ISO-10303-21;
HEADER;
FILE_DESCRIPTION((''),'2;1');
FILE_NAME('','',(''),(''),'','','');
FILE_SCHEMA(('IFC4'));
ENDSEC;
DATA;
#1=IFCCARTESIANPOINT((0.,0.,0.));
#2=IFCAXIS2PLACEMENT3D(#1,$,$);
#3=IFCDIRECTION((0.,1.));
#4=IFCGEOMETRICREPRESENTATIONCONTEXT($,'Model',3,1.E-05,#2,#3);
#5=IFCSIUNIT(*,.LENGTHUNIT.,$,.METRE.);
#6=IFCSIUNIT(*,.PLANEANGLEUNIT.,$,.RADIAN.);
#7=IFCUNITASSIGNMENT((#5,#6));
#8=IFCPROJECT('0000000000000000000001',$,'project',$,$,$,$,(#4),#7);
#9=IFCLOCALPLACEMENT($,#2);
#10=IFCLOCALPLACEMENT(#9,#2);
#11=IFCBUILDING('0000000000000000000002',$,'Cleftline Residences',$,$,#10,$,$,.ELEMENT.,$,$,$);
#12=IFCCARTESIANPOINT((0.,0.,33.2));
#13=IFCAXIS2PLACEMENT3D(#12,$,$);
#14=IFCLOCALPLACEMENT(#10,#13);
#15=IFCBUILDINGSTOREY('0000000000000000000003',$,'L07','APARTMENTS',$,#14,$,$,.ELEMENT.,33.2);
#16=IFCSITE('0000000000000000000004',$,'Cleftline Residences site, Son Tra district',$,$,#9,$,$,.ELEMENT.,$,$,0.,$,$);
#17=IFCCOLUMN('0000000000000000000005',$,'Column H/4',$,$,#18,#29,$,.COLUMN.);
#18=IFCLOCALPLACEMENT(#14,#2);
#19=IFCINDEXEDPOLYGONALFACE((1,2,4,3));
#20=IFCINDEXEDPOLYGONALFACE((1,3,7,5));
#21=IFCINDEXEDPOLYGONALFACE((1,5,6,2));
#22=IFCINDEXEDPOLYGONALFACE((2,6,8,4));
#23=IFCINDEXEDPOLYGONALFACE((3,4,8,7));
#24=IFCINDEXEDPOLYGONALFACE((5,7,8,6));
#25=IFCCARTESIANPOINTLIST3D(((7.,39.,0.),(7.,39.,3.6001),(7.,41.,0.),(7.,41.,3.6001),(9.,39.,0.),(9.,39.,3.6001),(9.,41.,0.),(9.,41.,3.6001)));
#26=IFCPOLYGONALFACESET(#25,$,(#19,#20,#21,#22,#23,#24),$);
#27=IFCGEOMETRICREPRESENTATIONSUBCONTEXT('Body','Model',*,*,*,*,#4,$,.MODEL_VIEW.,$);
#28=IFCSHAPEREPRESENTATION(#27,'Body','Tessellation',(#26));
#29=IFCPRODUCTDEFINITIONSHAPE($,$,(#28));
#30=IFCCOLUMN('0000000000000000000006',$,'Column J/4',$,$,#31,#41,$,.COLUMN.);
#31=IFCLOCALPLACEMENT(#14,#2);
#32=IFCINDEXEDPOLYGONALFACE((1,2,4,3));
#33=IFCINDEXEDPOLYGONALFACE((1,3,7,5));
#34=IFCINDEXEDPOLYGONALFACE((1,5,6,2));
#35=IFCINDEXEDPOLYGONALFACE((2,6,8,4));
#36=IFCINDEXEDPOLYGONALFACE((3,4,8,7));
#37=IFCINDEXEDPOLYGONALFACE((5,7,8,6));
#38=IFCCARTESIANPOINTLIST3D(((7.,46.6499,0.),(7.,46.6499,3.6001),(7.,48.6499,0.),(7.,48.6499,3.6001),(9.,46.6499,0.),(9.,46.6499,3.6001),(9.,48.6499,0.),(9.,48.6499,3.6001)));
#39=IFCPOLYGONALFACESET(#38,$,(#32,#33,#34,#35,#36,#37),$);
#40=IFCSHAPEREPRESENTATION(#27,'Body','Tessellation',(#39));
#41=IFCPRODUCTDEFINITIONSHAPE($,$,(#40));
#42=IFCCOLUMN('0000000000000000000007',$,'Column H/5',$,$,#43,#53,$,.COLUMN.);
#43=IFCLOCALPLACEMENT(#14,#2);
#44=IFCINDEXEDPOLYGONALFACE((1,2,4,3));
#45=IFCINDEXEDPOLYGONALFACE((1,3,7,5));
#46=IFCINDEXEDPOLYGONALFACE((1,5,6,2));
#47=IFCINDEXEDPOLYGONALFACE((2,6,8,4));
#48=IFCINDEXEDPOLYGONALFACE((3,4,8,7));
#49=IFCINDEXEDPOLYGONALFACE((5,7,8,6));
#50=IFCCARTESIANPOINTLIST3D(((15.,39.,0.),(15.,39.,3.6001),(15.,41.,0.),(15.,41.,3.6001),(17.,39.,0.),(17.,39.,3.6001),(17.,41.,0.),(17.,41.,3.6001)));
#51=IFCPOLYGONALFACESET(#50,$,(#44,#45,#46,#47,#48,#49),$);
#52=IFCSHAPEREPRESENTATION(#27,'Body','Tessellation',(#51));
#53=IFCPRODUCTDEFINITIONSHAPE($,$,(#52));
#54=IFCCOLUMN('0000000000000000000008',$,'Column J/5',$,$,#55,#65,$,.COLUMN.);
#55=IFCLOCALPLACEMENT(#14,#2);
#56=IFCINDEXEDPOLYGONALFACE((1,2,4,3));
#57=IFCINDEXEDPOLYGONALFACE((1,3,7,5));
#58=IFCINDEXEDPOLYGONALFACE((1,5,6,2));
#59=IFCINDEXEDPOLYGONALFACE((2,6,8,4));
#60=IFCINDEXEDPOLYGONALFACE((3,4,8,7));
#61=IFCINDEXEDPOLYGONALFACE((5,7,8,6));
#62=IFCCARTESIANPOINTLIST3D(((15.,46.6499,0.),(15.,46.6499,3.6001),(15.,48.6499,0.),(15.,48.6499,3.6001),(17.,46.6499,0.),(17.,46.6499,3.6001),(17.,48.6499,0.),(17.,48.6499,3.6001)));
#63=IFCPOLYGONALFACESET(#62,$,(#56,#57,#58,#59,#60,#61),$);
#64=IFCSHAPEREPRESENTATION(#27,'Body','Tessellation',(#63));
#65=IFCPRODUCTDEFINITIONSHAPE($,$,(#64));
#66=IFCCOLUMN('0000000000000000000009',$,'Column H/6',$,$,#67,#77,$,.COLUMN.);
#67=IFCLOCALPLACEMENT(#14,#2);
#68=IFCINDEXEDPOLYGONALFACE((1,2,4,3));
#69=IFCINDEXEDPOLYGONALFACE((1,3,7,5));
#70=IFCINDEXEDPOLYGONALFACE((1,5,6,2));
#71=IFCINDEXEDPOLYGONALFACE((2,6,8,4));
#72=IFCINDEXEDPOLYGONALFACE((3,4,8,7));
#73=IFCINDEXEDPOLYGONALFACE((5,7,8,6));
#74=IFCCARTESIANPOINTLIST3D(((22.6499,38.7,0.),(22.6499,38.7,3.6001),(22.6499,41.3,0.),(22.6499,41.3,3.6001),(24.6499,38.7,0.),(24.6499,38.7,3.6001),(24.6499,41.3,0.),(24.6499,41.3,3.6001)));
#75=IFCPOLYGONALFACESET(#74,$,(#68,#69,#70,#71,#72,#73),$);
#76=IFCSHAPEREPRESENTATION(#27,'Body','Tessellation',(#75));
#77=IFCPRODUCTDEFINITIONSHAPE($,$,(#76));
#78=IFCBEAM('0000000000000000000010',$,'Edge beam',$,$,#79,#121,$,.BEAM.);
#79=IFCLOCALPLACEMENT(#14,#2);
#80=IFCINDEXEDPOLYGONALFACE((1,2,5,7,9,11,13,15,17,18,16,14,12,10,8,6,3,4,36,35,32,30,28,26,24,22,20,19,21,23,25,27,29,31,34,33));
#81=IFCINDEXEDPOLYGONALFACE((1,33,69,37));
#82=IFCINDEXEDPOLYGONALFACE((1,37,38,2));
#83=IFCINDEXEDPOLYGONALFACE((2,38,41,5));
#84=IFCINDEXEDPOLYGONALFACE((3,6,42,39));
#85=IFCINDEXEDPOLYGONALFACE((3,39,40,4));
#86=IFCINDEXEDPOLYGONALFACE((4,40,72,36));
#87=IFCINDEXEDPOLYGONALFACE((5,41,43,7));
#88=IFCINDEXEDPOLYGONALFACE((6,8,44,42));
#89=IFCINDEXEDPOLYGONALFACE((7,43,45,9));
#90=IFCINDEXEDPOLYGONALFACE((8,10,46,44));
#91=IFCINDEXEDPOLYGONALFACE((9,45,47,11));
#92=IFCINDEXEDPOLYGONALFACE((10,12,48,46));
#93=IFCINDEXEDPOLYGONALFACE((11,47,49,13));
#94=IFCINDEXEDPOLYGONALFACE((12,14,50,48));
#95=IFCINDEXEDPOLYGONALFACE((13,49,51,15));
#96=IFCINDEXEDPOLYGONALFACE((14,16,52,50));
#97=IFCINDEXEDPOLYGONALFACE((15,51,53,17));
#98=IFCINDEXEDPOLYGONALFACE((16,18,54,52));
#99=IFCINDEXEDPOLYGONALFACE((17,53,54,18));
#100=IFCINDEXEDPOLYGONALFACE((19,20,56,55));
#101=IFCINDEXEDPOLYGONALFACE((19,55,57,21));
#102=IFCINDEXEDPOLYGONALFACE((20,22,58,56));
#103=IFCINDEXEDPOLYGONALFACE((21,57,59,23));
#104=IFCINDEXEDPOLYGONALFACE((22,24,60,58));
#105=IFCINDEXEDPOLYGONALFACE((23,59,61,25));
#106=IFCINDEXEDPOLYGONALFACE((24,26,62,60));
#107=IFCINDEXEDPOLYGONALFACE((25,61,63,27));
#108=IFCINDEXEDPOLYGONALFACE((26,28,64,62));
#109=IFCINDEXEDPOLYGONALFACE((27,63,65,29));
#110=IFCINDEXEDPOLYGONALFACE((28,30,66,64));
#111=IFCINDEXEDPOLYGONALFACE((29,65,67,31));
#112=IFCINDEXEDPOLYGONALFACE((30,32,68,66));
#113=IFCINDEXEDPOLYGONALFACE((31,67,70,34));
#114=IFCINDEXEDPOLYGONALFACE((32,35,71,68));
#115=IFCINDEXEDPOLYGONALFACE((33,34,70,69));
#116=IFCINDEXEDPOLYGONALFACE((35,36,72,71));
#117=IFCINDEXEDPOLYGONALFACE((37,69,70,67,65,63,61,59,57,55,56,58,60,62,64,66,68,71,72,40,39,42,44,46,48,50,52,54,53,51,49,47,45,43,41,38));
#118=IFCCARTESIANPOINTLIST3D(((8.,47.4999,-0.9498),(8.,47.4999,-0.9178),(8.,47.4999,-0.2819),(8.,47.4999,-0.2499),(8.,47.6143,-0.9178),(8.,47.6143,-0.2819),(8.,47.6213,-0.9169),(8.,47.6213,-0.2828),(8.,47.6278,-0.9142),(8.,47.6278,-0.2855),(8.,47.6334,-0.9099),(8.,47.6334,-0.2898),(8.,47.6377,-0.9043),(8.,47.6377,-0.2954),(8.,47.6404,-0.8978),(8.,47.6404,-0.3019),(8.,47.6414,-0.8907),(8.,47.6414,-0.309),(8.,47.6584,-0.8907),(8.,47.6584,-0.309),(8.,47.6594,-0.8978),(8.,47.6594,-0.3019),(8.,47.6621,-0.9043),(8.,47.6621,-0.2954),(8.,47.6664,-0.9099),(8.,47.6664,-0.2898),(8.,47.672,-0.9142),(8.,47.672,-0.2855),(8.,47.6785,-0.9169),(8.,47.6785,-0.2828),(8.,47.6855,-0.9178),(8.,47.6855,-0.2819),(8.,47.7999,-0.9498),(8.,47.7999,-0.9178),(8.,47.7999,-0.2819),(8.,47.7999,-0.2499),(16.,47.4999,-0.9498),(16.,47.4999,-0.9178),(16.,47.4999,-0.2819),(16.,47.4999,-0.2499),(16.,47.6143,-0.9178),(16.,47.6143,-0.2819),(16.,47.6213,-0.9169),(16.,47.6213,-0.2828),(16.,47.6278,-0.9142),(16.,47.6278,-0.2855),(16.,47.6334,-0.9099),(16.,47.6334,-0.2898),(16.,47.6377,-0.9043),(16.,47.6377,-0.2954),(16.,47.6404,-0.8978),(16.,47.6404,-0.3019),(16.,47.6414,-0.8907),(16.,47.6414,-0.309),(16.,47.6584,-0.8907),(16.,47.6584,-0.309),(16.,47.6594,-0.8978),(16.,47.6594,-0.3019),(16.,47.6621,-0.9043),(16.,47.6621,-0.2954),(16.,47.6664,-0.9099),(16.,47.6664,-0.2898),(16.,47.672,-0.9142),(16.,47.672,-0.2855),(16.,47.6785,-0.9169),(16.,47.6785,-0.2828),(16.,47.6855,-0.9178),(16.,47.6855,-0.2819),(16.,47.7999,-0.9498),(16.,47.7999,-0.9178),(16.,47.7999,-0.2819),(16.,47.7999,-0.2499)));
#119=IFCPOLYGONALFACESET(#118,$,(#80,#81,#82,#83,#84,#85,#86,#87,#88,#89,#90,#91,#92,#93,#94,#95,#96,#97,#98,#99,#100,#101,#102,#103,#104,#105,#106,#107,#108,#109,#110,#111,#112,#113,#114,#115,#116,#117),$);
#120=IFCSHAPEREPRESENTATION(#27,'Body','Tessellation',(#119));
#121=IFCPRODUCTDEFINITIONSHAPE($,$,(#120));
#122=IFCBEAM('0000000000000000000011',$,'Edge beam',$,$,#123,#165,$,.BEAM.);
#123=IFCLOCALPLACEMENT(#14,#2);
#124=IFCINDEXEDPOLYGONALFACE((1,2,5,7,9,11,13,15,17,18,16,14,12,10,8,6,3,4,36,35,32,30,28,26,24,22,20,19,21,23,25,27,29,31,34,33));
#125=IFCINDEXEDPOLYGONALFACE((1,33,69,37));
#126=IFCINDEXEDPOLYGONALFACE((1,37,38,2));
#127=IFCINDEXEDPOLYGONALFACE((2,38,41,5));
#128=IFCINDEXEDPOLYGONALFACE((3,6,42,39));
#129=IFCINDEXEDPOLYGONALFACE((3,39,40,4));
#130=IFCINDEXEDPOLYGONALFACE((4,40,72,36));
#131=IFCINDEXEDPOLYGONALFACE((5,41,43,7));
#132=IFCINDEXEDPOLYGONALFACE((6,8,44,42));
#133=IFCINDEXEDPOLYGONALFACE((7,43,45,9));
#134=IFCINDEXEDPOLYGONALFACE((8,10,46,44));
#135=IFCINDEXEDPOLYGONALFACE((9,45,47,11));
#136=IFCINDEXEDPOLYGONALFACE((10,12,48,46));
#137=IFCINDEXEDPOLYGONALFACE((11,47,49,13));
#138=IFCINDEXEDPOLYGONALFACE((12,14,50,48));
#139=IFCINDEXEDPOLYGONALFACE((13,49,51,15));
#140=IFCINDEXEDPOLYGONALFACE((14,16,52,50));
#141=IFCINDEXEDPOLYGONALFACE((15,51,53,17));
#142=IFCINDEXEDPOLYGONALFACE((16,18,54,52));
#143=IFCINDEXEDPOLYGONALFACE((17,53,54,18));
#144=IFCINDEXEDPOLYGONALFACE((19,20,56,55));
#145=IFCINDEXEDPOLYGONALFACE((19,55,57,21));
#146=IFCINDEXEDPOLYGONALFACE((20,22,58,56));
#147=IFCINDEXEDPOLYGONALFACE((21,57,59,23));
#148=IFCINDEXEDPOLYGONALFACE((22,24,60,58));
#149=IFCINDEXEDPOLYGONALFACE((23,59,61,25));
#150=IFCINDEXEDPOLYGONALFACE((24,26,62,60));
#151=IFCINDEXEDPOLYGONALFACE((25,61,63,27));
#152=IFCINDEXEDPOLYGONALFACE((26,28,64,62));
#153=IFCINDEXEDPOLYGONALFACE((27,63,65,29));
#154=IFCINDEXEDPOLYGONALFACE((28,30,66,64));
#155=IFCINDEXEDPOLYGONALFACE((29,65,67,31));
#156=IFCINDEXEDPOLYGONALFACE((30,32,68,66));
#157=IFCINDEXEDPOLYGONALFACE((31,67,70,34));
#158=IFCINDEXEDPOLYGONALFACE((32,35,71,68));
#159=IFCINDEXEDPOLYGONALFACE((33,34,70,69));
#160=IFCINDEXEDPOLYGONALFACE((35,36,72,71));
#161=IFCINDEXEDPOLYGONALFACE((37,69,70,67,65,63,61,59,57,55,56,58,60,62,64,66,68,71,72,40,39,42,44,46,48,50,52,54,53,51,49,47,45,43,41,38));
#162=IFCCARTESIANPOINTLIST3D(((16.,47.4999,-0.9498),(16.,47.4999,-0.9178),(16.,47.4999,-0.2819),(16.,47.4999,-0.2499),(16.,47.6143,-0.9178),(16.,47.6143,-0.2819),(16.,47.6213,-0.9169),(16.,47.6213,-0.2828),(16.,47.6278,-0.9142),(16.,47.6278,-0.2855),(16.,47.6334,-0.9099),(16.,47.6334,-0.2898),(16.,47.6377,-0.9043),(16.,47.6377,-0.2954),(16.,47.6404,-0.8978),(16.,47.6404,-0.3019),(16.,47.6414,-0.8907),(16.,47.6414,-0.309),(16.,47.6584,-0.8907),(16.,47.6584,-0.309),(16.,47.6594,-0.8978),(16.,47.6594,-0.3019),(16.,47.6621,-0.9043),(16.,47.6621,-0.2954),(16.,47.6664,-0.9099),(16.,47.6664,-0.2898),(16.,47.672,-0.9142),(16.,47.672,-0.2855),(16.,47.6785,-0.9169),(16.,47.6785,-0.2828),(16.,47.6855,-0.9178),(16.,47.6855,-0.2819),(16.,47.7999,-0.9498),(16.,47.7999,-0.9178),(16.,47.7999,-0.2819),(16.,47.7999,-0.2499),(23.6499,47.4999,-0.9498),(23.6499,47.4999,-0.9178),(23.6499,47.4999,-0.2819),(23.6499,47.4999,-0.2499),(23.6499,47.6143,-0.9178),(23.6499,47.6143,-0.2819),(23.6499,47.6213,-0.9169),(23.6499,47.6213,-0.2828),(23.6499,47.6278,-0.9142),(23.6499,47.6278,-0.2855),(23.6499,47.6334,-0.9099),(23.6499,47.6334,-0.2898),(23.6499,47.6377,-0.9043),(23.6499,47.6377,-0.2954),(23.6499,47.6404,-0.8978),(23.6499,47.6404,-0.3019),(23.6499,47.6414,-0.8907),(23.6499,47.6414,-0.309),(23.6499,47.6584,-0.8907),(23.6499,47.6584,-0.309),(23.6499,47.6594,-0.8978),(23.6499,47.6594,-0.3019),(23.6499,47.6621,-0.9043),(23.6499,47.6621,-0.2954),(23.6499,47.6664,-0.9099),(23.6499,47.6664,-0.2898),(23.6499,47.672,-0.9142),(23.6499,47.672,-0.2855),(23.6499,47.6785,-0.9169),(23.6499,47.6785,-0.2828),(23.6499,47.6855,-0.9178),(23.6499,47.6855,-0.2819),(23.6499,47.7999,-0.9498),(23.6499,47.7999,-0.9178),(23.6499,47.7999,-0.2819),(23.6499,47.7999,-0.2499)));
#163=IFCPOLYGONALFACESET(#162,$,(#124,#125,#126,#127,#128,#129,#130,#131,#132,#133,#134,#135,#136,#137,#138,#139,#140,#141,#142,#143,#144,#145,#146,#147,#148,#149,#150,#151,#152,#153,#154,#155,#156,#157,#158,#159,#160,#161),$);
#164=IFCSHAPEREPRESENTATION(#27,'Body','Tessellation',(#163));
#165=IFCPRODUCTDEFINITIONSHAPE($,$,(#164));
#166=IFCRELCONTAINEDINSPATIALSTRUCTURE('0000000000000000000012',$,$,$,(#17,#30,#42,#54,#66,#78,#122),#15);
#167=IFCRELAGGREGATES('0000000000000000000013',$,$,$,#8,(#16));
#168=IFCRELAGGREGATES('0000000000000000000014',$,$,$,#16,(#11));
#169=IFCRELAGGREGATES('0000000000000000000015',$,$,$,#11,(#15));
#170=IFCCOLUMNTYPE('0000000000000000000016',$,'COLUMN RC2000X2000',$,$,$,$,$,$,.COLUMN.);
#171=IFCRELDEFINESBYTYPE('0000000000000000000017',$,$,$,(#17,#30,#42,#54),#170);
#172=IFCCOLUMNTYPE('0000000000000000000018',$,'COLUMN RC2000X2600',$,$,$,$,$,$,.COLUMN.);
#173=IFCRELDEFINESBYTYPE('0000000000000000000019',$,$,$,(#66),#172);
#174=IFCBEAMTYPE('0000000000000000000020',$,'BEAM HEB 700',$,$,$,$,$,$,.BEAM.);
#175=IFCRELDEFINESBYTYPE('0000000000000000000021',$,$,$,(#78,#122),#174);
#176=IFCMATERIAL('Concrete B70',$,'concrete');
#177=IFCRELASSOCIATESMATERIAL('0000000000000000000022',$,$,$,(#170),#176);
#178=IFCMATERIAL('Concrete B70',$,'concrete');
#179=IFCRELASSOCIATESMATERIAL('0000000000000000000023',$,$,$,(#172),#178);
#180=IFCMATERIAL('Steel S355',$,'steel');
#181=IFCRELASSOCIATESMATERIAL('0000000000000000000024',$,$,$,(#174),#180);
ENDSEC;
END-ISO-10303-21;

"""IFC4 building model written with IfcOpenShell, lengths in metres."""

from ifc_helpers import new_model, si_unit, direction, frame, origin, origin_2d, place, context, subcontext, project, spatial, rectangle, i_section, extrude, material, material_profile, profile_set, type_object, element, save


model = new_model("IFC4")

# Units and contexts
model_context = context("Model", 3, precision=1e-05, world=origin(), true_north=direction((0.0, 1.0)))
body_context = subcontext(model_context, "Body", "Model", "MODEL_VIEW")
ifc_project = project(units=[si_unit("LENGTHUNIT", "METRE"), si_unit("PLANEANGLEUNIT", "RADIAN")], contexts=[model_context])

# Site, building, storey
site_placement = place(None, origin())
site = spatial("IfcSite", under=ifc_project, at=site_placement, Name="Cleftline Residences site, Son Tra district", CompositionType="ELEMENT", RefElevation=0.0)
building_placement = place(site_placement, origin())
building = spatial("IfcBuilding", under=site, at=building_placement, Name="Cleftline Residences", CompositionType="ELEMENT")
storey_placement = place(building_placement, frame((0.0, 0.0, 33.2)))
storey = spatial("IfcBuildingStorey", under=building, at=storey_placement, Name="L07", Description="APARTMENTS", CompositionType="ELEMENT", Elevation=33.2)

# Columns
ifc_material_1 = material(Name="Concrete B70", Category="concrete")
ifc_material_profile_1 = material_profile(ifc_material_1, rectangle(XDim=2.0, YDim=2.0, at=origin_2d()))
ifc_profile_set_1 = profile_set([ifc_material_profile_1], Name="Concrete B70")
column_type_1 = type_object("IfcColumnType", Name="COLUMN RC2000X2000", PredefinedType="COLUMN", material=ifc_profile_set_1)
for number, where, z_axis, x_axis, name in (
    (1, (8.0, 40.0, 0.0), (0.0, 0.0, 1.0), (1.0, 0.0, 0.0), "Column H/4"),
    (2, (8.0, 47.6499, 0.0), (0.0, 0.0, 1.0), (1.0, 0.0, 0.0), "Column J/4"),
    (3, (16.0, 40.0, 0.0), (0.0, 0.0, 1.0), (1.0, 0.0, 0.0), "Column H/5"),
    (4, (16.0, 47.6499, 0.0), (0.0, 0.0, 1.0), (1.0, 0.0, 0.0), "Column J/5"),
):
    element("IfcColumn", number, at=place(storey_placement, frame(where, z_axis=z_axis, x_axis=x_axis)), inside=storey, type_object=column_type_1, Name=name, PredefinedType="COLUMN", context=body_context, shape_type="SweptSolid", body=[
        extrude(rectangle(XDim=2.0, YDim=2.0, at=origin_2d()), origin(), (0.0, 0.0, 1.0), 3.6001),
    ])
ifc_material_2 = material(Name="Concrete B70", Category="concrete")
ifc_material_profile_2 = material_profile(ifc_material_2, rectangle(XDim=2.0, YDim=2.6001, at=origin_2d()))
ifc_profile_set_2 = profile_set([ifc_material_profile_2], Name="Concrete B70")
column_type_2 = type_object("IfcColumnType", Name="COLUMN RC2000X2600", PredefinedType="COLUMN", material=ifc_profile_set_2)
column_placement = place(storey_placement, frame((23.6499, 40.0, 0.0), z_axis=(0.0, 0.0, 1.0), x_axis=(1.0, 0.0, 0.0)))
element("IfcColumn", 5, at=column_placement, inside=storey, type_object=column_type_2, Name="Column H/6", PredefinedType="COLUMN", context=body_context, shape_type="SweptSolid", body=[
    extrude(rectangle(XDim=2.0, YDim=2.6001, at=origin_2d()), origin(), (0.0, 0.0, 1.0), 3.6001),
])

# Beams
ifc_material_3 = material(Name="Steel S355", Category="steel")
ifc_material_profile_3 = material_profile(ifc_material_3, i_section(OverallWidth=0.3, OverallDepth=0.7, WebThickness=0.0171, FlangeThickness=0.032, FilletRadius=0.0271, at=origin_2d()))
ifc_profile_set_3 = profile_set([ifc_material_profile_3], Name="Steel S355")
beam_type = type_object("IfcBeamType", Name="BEAM HEB 700", PredefinedType="BEAM", material=ifc_profile_set_3)
beam_1_placement = place(storey_placement, frame((8.0, 47.6499, -0.5999), z_axis=(1.0, 0.0, 0.0), x_axis=(0.0, 1.0, 0.0)))
element("IfcBeam", 6, at=beam_1_placement, inside=storey, type_object=beam_type, Name="Edge beam", PredefinedType="BEAM", context=body_context, shape_type="SweptSolid", body=[
    extrude(i_section(OverallWidth=0.3, OverallDepth=0.7, WebThickness=0.0171, FlangeThickness=0.032, FilletRadius=0.0271, at=origin_2d()), origin(), (0.0, 0.0, 1.0), 8.0),
])
beam_2_placement = place(storey_placement, frame((16.0, 47.6499, -0.5999), z_axis=(1.0, 0.0, 0.0), x_axis=(0.0, 1.0, 0.0)))
element("IfcBeam", 7, at=beam_2_placement, inside=storey, type_object=beam_type, Name="Edge beam", PredefinedType="BEAM", context=body_context, shape_type="SweptSolid", body=[
    extrude(i_section(OverallWidth=0.3, OverallDepth=0.7, WebThickness=0.0171, FlangeThickness=0.032, FilletRadius=0.0271, at=origin_2d()), origin(), (0.0, 0.0, 1.0), 7.6499),
])

save(model, "model.ifc")
